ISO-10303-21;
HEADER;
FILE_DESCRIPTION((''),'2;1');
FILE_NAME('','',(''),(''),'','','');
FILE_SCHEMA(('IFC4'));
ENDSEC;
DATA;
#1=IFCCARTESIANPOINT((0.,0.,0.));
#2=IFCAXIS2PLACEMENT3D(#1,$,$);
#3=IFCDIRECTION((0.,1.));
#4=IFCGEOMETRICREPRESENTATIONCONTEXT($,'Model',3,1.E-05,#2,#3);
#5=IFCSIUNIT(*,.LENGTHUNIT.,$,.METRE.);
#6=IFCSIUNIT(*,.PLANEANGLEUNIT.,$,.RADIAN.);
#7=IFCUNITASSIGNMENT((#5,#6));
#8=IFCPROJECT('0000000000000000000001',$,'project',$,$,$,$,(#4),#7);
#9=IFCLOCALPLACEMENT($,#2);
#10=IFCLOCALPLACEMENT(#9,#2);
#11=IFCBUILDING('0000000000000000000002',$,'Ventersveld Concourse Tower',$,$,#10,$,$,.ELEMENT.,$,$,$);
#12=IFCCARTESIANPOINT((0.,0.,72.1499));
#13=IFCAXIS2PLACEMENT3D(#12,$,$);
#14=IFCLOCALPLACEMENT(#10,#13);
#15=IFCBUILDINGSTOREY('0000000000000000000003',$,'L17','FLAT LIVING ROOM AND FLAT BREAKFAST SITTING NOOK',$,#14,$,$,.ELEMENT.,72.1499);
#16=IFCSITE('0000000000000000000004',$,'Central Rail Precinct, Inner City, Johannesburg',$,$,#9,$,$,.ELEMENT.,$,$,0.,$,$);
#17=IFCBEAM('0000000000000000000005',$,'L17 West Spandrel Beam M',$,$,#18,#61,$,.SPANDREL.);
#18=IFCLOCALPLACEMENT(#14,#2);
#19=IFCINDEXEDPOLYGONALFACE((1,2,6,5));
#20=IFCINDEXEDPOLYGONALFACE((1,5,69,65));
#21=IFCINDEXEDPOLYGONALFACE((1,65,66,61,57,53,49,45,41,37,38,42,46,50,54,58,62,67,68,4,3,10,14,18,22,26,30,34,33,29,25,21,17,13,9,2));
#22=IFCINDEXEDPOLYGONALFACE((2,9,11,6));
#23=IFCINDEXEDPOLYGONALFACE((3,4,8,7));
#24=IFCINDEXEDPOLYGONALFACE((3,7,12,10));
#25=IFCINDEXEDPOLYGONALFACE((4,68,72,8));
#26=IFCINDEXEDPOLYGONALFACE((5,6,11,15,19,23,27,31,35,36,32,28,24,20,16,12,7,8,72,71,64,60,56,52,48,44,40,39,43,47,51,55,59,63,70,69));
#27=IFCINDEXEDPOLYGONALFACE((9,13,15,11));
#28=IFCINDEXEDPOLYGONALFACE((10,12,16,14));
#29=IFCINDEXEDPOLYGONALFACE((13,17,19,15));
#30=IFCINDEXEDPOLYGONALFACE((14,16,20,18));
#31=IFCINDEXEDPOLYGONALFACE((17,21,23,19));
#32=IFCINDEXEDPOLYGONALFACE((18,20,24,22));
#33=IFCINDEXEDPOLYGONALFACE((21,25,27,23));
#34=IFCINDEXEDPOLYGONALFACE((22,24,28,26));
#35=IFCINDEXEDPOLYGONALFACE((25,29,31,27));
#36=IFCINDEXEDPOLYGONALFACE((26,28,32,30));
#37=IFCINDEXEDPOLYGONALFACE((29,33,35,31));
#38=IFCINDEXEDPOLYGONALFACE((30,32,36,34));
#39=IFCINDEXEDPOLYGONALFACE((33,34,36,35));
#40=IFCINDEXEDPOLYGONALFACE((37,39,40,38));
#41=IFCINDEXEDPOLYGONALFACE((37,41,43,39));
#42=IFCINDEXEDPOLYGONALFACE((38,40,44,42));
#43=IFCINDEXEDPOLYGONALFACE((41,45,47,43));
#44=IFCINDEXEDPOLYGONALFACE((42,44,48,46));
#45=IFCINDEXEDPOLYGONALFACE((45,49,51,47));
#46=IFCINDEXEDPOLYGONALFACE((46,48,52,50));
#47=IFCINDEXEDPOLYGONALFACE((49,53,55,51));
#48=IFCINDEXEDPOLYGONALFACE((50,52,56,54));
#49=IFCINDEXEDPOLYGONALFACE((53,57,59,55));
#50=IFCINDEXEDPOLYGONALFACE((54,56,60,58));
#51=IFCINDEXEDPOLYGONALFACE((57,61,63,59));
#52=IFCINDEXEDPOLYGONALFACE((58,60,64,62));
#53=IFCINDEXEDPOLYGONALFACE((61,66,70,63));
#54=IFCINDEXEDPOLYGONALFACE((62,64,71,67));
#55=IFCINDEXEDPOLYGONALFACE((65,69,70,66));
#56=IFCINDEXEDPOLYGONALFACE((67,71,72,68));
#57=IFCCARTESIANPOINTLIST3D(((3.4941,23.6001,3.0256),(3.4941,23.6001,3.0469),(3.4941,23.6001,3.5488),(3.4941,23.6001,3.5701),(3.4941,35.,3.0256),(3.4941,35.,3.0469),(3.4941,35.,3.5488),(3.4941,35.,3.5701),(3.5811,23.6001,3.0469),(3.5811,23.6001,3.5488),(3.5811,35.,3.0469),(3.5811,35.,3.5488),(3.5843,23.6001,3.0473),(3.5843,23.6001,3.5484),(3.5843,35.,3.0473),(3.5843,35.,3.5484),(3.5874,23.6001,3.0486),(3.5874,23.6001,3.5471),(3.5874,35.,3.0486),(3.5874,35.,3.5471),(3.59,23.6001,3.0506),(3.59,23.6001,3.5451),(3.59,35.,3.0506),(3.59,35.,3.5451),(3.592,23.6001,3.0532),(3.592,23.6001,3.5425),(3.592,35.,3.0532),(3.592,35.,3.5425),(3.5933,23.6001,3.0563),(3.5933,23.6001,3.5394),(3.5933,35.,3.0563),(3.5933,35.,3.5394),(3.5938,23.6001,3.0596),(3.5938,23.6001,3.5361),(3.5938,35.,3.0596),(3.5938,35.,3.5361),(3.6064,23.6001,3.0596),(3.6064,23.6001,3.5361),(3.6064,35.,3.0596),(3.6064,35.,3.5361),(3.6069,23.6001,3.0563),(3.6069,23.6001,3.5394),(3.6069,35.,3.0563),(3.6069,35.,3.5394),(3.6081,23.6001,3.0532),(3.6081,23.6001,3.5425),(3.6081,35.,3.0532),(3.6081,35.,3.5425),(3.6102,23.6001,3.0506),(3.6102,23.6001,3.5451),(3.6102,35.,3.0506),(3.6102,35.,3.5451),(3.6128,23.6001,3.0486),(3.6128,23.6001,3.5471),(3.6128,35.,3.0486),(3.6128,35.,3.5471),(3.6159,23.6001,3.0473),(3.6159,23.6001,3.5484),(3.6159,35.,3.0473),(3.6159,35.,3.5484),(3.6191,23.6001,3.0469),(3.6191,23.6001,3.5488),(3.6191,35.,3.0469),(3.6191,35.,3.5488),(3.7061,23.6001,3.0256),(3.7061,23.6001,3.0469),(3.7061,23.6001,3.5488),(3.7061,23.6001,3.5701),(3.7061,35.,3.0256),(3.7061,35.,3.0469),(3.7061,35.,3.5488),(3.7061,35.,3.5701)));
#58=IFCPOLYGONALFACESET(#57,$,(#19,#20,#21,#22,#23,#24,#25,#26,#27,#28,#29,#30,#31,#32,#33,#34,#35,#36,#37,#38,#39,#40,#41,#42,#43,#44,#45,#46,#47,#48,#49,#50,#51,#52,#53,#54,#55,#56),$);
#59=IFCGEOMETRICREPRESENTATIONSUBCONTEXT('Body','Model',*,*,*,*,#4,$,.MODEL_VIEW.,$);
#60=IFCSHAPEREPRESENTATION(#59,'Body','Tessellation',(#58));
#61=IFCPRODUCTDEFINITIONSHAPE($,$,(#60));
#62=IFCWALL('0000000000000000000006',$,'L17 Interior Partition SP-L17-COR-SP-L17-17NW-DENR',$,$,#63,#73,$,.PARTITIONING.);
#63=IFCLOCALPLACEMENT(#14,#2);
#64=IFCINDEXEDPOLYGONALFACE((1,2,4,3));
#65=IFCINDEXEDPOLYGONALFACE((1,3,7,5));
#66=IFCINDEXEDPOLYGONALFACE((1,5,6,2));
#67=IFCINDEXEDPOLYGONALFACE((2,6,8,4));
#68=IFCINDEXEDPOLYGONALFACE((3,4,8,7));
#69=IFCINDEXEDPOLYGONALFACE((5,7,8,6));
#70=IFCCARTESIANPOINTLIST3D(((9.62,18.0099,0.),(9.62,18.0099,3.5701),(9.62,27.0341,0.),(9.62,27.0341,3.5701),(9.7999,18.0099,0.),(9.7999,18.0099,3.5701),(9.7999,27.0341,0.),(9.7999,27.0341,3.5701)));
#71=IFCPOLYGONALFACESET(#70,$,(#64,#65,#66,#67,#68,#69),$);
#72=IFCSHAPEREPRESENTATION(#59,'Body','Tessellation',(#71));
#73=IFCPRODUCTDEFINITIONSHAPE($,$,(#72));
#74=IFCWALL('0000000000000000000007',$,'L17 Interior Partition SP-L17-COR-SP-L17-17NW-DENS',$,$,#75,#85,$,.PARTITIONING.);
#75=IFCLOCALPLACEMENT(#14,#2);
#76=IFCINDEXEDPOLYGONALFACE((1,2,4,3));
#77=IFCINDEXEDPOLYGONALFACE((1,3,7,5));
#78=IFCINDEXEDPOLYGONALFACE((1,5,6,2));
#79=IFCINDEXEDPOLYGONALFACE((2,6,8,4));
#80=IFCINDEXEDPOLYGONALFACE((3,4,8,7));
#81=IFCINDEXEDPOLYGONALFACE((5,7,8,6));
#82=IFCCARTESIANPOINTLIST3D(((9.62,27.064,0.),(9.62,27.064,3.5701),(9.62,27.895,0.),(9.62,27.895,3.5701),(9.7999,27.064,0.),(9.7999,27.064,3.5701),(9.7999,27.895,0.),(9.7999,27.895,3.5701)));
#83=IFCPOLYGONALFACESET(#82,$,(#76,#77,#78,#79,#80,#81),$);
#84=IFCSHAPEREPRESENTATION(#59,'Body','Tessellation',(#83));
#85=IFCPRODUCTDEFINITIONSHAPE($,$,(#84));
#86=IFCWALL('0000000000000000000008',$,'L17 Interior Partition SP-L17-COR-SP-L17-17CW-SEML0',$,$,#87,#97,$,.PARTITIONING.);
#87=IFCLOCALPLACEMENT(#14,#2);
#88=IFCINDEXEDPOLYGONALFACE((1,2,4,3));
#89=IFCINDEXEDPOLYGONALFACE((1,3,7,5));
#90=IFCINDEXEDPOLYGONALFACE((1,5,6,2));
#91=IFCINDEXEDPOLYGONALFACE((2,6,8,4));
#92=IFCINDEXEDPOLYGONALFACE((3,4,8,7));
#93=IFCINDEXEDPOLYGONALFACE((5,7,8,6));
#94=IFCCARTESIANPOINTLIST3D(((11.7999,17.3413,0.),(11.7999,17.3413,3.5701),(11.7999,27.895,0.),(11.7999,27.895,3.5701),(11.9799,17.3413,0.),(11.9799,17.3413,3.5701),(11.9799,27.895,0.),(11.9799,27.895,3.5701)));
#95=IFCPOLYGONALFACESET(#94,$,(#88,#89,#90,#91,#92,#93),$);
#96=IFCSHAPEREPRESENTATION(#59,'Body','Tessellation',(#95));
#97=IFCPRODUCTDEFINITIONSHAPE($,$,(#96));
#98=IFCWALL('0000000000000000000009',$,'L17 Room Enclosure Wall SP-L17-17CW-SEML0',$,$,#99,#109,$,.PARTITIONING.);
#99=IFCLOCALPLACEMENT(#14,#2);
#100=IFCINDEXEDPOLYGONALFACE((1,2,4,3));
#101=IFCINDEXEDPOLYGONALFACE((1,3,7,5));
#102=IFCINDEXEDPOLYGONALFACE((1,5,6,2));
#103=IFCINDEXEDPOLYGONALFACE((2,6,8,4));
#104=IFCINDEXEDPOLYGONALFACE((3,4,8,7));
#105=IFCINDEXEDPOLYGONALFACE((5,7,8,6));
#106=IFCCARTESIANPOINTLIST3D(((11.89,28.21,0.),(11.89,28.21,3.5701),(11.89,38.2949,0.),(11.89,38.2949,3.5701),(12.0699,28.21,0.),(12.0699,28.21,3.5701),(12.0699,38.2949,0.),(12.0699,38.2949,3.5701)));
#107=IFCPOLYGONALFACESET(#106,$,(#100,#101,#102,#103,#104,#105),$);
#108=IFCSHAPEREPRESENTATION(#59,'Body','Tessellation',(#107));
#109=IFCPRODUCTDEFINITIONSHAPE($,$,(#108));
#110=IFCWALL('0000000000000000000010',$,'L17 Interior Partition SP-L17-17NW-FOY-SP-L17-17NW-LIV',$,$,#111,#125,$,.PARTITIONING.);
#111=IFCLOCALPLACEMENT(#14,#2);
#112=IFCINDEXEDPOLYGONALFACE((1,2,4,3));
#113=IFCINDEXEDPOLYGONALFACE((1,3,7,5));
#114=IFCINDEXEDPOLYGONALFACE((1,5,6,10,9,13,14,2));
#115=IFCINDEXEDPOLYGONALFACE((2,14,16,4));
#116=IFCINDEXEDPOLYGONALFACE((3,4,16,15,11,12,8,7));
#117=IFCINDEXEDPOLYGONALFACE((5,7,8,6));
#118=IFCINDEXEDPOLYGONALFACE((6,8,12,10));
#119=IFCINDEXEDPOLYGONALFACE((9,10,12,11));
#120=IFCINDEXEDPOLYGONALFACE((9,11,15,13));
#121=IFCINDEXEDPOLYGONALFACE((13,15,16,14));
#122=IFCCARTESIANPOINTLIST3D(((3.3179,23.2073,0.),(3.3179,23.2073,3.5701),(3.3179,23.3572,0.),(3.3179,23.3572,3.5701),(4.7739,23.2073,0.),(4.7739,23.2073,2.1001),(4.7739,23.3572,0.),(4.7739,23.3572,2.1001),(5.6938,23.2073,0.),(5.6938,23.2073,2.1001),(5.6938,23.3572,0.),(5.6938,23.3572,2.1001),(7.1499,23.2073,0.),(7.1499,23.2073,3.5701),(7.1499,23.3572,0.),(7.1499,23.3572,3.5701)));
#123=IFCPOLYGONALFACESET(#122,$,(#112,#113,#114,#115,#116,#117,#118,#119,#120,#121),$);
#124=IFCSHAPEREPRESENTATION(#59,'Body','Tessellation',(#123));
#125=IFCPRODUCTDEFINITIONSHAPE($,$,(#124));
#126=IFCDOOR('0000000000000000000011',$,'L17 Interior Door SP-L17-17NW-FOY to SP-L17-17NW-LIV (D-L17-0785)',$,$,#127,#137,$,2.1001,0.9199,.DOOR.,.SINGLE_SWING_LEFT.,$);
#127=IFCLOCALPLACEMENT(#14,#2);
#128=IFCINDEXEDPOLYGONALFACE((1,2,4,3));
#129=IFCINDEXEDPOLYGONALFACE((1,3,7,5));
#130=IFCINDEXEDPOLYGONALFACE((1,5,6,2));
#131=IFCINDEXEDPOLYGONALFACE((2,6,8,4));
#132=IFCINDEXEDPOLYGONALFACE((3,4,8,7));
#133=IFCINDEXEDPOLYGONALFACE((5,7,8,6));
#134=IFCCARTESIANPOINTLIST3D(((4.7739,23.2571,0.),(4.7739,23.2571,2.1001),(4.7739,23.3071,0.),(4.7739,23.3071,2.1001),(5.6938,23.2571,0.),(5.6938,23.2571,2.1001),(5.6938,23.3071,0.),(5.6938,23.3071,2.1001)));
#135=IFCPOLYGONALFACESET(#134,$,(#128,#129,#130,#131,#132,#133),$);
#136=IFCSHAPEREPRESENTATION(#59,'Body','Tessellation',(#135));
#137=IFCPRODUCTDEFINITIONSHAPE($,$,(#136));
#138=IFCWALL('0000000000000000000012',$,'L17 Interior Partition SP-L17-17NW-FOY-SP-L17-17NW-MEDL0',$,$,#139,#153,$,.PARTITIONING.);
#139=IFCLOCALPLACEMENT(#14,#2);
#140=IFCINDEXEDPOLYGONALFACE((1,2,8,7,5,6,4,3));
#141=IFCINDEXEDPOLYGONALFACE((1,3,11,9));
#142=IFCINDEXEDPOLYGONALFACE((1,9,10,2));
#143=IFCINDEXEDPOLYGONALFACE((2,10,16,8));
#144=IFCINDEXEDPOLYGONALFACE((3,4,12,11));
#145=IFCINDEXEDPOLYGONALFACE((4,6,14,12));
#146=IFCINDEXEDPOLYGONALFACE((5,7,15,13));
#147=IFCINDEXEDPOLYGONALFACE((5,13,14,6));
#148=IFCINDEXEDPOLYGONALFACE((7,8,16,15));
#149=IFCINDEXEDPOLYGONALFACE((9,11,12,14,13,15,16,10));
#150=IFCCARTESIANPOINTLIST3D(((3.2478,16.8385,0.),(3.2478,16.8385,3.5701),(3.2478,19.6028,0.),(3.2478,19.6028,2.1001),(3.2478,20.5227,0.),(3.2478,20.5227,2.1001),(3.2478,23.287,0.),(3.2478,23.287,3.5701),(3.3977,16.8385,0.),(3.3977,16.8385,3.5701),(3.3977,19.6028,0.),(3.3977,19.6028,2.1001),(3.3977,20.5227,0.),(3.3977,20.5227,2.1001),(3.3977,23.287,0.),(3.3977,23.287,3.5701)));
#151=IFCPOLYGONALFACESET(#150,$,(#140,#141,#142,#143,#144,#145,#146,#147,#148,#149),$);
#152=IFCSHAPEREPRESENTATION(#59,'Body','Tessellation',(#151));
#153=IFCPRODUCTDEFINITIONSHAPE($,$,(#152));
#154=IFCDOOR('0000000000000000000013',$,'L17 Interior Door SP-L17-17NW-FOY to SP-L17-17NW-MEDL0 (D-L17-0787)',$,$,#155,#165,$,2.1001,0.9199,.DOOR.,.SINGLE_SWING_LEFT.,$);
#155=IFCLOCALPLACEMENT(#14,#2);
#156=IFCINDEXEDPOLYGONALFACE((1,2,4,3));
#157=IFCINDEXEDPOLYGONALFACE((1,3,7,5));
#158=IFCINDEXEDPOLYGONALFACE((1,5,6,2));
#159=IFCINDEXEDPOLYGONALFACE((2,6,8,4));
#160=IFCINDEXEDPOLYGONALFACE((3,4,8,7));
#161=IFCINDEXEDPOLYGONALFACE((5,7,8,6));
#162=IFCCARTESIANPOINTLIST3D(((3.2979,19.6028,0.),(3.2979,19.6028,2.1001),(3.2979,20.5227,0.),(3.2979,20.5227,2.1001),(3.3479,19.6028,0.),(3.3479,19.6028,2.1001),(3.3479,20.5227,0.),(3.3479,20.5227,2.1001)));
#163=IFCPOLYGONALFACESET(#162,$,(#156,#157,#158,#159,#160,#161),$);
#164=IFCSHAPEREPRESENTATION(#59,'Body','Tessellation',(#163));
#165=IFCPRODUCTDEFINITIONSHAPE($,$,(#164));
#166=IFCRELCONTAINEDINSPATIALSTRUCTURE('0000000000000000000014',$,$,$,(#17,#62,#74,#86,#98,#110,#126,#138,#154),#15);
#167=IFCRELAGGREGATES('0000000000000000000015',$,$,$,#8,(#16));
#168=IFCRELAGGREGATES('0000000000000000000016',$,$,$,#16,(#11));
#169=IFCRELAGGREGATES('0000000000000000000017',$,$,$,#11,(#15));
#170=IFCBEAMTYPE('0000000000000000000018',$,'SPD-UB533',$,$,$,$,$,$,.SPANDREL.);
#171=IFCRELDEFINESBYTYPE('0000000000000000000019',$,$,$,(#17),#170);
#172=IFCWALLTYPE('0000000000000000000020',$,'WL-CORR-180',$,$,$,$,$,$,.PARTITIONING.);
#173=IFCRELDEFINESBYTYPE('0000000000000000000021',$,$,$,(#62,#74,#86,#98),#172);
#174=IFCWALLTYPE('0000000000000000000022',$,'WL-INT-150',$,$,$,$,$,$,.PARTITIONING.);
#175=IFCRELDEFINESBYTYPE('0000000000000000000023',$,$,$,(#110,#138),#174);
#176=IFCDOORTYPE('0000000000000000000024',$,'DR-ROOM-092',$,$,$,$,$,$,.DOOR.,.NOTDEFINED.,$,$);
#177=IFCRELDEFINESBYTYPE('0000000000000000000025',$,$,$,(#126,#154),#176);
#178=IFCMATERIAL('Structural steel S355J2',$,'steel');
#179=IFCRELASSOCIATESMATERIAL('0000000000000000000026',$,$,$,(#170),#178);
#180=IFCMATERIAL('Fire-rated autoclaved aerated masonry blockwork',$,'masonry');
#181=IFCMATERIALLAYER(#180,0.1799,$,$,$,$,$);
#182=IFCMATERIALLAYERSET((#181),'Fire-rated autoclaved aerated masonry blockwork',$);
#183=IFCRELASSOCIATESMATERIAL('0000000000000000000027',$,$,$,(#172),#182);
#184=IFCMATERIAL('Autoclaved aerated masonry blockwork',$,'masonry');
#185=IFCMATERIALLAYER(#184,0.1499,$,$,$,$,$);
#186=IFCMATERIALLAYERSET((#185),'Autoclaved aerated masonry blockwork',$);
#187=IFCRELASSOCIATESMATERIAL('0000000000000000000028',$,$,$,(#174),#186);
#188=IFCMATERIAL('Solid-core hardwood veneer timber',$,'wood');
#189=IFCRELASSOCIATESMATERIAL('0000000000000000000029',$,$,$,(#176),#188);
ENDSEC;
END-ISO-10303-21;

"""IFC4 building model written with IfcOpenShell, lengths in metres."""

from ifc_helpers import new_model, si_unit, direction, frame, frame_2d, origin, origin_2d, place, context, subcontext, project, spatial, rectangle, i_section, extrude, material, layer, layer_set, material_profile, profile_set, type_object, element, fill, save


model = new_model("IFC4")

# Units and contexts
model_context = context("Model", 3, precision=1e-05, world=origin(), true_north=direction((0.0, 1.0)))
body_context = subcontext(model_context, "Body", "Model", "MODEL_VIEW")
ifc_project = project(units=[si_unit("LENGTHUNIT", "METRE"), si_unit("PLANEANGLEUNIT", "RADIAN")], contexts=[model_context])

# Site, building, storey
site_placement = place(None, origin())
site = spatial("IfcSite", under=ifc_project, at=site_placement, Name="Central Rail Precinct, Inner City, Johannesburg", CompositionType="ELEMENT", RefElevation=0.0)
building_placement = place(site_placement, origin())
building = spatial("IfcBuilding", under=site, at=building_placement, Name="Ventersveld Concourse Tower", CompositionType="ELEMENT")
storey_placement = place(building_placement, frame((0.0, 0.0, 72.1499)))
storey = spatial("IfcBuildingStorey", under=building, at=storey_placement, Name="L17", Description="FLAT LIVING ROOM AND FLAT BREAKFAST SITTING NOOK", CompositionType="ELEMENT", Elevation=72.1499)

# Beam
ifc_material_1 = material(Name="Structural steel S355J2", Category="steel")
ifc_material_profile_1 = material_profile(ifc_material_1, i_section(OverallWidth=0.2119, OverallDepth=0.5444, WebThickness=0.0127, FlangeThickness=0.0212, FilletRadius=0.0127, at=origin_2d()), Name="UB 533x210x122")
ifc_profile_set_1 = profile_set([ifc_material_profile_1], Name="Structural steel S355J2")
beam_type_1 = type_object("IfcBeamType", Name="SPD-UB533", PredefinedType="SPANDREL", material=ifc_profile_set_1)
beam_1_placement = place(storey_placement, frame((3.6001, 23.6001, 3.2979), z_axis=(0.0, 1.0, 0.0), x_axis=(-1.0, 0.0, 0.0)))
element("IfcBeam", 1, at=beam_1_placement, inside=storey, type_object=beam_type_1, Name="L17 West Spandrel Beam M", PredefinedType="SPANDREL", context=body_context, shape_type="SweptSolid", body=[
    extrude(i_section(OverallWidth=0.2119, OverallDepth=0.5444, WebThickness=0.0127, FlangeThickness=0.0212, FilletRadius=0.0127, at=origin_2d()), origin(), (0.0, 0.0, 1.0), 11.3999),
])

# Walls
ifc_material_2 = material(Name="Fire-rated autoclaved aerated masonry blockwork", Category="masonry")
ifc_layer_1 = layer(ifc_material_2, 0.1799)
ifc_layer_set_1 = layer_set([ifc_layer_1], Name="Fire-rated autoclaved aerated masonry blockwork")
wall_type_1 = type_object("IfcWallType", Name="WL-CORR-180", PredefinedType="PARTITIONING", material=ifc_layer_set_1)
wall_1_placement = place(storey_placement, frame((9.71, 18.0098, 0.0), z_axis=(0.0, 0.0, 1.0), x_axis=(0.0, 1.0, 0.0)))
element("IfcWall", 2, at=wall_1_placement, inside=storey, type_object=wall_type_1, Name="L17 Interior Partition SP-L17-COR-SP-L17-17NW-DENR", PredefinedType="PARTITIONING", context=body_context, shape_type="SweptSolid", body=[
    extrude(rectangle(XDim=9.0242, YDim=0.1799, at=frame_2d((4.5122, 0.0))), origin(), (0.0, 0.0, 1.0), 3.5701),
])
wall_2_placement = place(storey_placement, frame((9.71, 27.064, 0.0), z_axis=(0.0, 0.0, 1.0), x_axis=(0.0, 1.0, 0.0)))
element("IfcWall", 3, at=wall_2_placement, inside=storey, type_object=wall_type_1, Name="L17 Interior Partition SP-L17-COR-SP-L17-17NW-DENS", PredefinedType="PARTITIONING", context=body_context, shape_type="SweptSolid", body=[
    extrude(rectangle(XDim=0.8311, YDim=0.1799, at=frame_2d((0.4155, 0.0))), origin(), (0.0, 0.0, 1.0), 3.5701),
])
wall_3_placement = place(storey_placement, frame((11.8899, 17.3413, 0.0), z_axis=(0.0, 0.0, 1.0), x_axis=(0.0, 1.0, 0.0)))
element("IfcWall", 4, at=wall_3_placement, inside=storey, type_object=wall_type_1, Name="L17 Interior Partition SP-L17-COR-SP-L17-17CW-SEML0", PredefinedType="PARTITIONING", context=body_context, shape_type="SweptSolid", body=[
    extrude(rectangle(XDim=10.5537, YDim=0.1799, at=frame_2d((5.2769, 0.0))), origin(), (0.0, 0.0, 1.0), 3.5701),
])
wall_4_placement = place(storey_placement, frame((11.98, 28.21, 0.0), z_axis=(0.0, 0.0, 1.0), x_axis=(0.0, 1.0, 0.0)))
element("IfcWall", 5, at=wall_4_placement, inside=storey, type_object=wall_type_1, Name="L17 Room Enclosure Wall SP-L17-17CW-SEML0", PredefinedType="PARTITIONING", context=body_context, shape_type="SweptSolid", body=[
    extrude(rectangle(XDim=10.085, YDim=0.1799, at=frame_2d((5.0425, 0.0))), origin(), (0.0, 0.0, 1.0), 3.5701),
])

# Walls, openings, doors
ifc_material_3 = material(Name="Autoclaved aerated masonry blockwork", Category="masonry")
ifc_layer_2 = layer(ifc_material_3, 0.1499)
ifc_layer_set_2 = layer_set([ifc_layer_2], Name="Autoclaved aerated masonry blockwork")
wall_type_2 = type_object("IfcWallType", Name="WL-INT-150", PredefinedType="PARTITIONING", material=ifc_layer_set_2)
wall_5_placement = place(storey_placement, frame((3.3179, 23.2822, 0.0), z_axis=(0.0, 0.0, 1.0), x_axis=(1.0, 0.0, 0.0)))
wall_5 = element("IfcWall", 6, at=wall_5_placement, inside=storey, type_object=wall_type_2, Name="L17 Interior Partition SP-L17-17NW-FOY-SP-L17-17NW-LIV", PredefinedType="PARTITIONING", context=body_context, shape_type="SweptSolid", body=[
    extrude(rectangle(XDim=3.832, YDim=0.1499, at=frame_2d((1.916, 0.0))), origin(), (0.0, 0.0, 1.0), 3.5701),
])
opening_1_placement = place(wall_5_placement, frame((1.4561, 0.0, 0.0)))
opening_1 = element("IfcOpeningElement", 7, at=opening_1_placement, cuts=wall_5, PredefinedType="OPENING", context=body_context, shape_type="SweptSolid", body=[
    extrude(rectangle(XDim=0.9199, YDim=2.1001, at=frame_2d((0.46, 1.05))), frame((0.0, 0.085, 0.0), z_axis=(0.0, -1.0, 0.0), x_axis=(1.0, 0.0, 0.0)), (0.0, 0.0, 1.0), 0.1699),
])
ifc_material_4 = material(Name="Solid-core hardwood veneer timber", Category="wood")
door_type = type_object("IfcDoorType", Name="DR-ROOM-092", OperationType="NOTDEFINED", PredefinedType="DOOR", material=ifc_material_4)
door_1_placement = place(opening_1_placement, origin())
door_1 = element("IfcDoor", 8, at=door_1_placement, inside=storey, type_object=door_type, Name="L17 Interior Door SP-L17-17NW-FOY to SP-L17-17NW-LIV (D-L17-0785)", OperationType="SINGLE_SWING_LEFT", OverallHeight=2.1001, OverallWidth=0.9199, PredefinedType="DOOR", context=body_context, shape_type="SweptSolid", body=[
    extrude(rectangle(XDim=0.9199, YDim=2.1001, at=frame_2d((0.46, 1.05))), frame((0.0, 0.0249, 0.0), z_axis=(0.0, -1.0, 0.0), x_axis=(1.0, 0.0, 0.0)), (0.0, 0.0, 1.0), 0.05),
])
fill(opening_1, door_1)
wall_6_placement = place(storey_placement, frame((3.3228, 16.8386, 0.0), z_axis=(0.0, 0.0, 1.0), x_axis=(0.0, 1.0, 0.0)))
wall_6 = element("IfcWall", 9, at=wall_6_placement, inside=storey, type_object=wall_type_2, Name="L17 Interior Partition SP-L17-17NW-FOY-SP-L17-17NW-MEDL0", PredefinedType="PARTITIONING", context=body_context, shape_type="SweptSolid", body=[
    extrude(rectangle(XDim=6.4485, YDim=0.1499, at=frame_2d((3.2241, 0.0))), origin(), (0.0, 0.0, 1.0), 3.5701),
])
opening_2_placement = place(wall_6_placement, frame((2.7642, 0.0, 0.0)))
opening_2 = element("IfcOpeningElement", 10, at=opening_2_placement, cuts=wall_6, PredefinedType="OPENING", context=body_context, shape_type="SweptSolid", body=[
    extrude(rectangle(XDim=0.9199, YDim=2.1001, at=frame_2d((0.46, 1.05))), frame((0.0, 0.085, 0.0), z_axis=(0.0, -1.0, 0.0), x_axis=(1.0, 0.0, 0.0)), (0.0, 0.0, 1.0), 0.1699),
])
door_2_placement = place(opening_2_placement, origin())
door_2 = element("IfcDoor", 11, at=door_2_placement, inside=storey, type_object=door_type, Name="L17 Interior Door SP-L17-17NW-FOY to SP-L17-17NW-MEDL0 (D-L17-0787)", OperationType="SINGLE_SWING_LEFT", OverallHeight=2.1001, OverallWidth=0.9199, PredefinedType="DOOR", context=body_context, shape_type="SweptSolid", body=[
    extrude(rectangle(XDim=0.9199, YDim=2.1001, at=frame_2d((0.46, 1.05))), frame((0.0, 0.0249, 0.0), z_axis=(0.0, -1.0, 0.0), x_axis=(1.0, 0.0, 0.0)), (0.0, 0.0, 1.0), 0.05),
])
fill(opening_2, door_2)

save(model, "model.ifc")
